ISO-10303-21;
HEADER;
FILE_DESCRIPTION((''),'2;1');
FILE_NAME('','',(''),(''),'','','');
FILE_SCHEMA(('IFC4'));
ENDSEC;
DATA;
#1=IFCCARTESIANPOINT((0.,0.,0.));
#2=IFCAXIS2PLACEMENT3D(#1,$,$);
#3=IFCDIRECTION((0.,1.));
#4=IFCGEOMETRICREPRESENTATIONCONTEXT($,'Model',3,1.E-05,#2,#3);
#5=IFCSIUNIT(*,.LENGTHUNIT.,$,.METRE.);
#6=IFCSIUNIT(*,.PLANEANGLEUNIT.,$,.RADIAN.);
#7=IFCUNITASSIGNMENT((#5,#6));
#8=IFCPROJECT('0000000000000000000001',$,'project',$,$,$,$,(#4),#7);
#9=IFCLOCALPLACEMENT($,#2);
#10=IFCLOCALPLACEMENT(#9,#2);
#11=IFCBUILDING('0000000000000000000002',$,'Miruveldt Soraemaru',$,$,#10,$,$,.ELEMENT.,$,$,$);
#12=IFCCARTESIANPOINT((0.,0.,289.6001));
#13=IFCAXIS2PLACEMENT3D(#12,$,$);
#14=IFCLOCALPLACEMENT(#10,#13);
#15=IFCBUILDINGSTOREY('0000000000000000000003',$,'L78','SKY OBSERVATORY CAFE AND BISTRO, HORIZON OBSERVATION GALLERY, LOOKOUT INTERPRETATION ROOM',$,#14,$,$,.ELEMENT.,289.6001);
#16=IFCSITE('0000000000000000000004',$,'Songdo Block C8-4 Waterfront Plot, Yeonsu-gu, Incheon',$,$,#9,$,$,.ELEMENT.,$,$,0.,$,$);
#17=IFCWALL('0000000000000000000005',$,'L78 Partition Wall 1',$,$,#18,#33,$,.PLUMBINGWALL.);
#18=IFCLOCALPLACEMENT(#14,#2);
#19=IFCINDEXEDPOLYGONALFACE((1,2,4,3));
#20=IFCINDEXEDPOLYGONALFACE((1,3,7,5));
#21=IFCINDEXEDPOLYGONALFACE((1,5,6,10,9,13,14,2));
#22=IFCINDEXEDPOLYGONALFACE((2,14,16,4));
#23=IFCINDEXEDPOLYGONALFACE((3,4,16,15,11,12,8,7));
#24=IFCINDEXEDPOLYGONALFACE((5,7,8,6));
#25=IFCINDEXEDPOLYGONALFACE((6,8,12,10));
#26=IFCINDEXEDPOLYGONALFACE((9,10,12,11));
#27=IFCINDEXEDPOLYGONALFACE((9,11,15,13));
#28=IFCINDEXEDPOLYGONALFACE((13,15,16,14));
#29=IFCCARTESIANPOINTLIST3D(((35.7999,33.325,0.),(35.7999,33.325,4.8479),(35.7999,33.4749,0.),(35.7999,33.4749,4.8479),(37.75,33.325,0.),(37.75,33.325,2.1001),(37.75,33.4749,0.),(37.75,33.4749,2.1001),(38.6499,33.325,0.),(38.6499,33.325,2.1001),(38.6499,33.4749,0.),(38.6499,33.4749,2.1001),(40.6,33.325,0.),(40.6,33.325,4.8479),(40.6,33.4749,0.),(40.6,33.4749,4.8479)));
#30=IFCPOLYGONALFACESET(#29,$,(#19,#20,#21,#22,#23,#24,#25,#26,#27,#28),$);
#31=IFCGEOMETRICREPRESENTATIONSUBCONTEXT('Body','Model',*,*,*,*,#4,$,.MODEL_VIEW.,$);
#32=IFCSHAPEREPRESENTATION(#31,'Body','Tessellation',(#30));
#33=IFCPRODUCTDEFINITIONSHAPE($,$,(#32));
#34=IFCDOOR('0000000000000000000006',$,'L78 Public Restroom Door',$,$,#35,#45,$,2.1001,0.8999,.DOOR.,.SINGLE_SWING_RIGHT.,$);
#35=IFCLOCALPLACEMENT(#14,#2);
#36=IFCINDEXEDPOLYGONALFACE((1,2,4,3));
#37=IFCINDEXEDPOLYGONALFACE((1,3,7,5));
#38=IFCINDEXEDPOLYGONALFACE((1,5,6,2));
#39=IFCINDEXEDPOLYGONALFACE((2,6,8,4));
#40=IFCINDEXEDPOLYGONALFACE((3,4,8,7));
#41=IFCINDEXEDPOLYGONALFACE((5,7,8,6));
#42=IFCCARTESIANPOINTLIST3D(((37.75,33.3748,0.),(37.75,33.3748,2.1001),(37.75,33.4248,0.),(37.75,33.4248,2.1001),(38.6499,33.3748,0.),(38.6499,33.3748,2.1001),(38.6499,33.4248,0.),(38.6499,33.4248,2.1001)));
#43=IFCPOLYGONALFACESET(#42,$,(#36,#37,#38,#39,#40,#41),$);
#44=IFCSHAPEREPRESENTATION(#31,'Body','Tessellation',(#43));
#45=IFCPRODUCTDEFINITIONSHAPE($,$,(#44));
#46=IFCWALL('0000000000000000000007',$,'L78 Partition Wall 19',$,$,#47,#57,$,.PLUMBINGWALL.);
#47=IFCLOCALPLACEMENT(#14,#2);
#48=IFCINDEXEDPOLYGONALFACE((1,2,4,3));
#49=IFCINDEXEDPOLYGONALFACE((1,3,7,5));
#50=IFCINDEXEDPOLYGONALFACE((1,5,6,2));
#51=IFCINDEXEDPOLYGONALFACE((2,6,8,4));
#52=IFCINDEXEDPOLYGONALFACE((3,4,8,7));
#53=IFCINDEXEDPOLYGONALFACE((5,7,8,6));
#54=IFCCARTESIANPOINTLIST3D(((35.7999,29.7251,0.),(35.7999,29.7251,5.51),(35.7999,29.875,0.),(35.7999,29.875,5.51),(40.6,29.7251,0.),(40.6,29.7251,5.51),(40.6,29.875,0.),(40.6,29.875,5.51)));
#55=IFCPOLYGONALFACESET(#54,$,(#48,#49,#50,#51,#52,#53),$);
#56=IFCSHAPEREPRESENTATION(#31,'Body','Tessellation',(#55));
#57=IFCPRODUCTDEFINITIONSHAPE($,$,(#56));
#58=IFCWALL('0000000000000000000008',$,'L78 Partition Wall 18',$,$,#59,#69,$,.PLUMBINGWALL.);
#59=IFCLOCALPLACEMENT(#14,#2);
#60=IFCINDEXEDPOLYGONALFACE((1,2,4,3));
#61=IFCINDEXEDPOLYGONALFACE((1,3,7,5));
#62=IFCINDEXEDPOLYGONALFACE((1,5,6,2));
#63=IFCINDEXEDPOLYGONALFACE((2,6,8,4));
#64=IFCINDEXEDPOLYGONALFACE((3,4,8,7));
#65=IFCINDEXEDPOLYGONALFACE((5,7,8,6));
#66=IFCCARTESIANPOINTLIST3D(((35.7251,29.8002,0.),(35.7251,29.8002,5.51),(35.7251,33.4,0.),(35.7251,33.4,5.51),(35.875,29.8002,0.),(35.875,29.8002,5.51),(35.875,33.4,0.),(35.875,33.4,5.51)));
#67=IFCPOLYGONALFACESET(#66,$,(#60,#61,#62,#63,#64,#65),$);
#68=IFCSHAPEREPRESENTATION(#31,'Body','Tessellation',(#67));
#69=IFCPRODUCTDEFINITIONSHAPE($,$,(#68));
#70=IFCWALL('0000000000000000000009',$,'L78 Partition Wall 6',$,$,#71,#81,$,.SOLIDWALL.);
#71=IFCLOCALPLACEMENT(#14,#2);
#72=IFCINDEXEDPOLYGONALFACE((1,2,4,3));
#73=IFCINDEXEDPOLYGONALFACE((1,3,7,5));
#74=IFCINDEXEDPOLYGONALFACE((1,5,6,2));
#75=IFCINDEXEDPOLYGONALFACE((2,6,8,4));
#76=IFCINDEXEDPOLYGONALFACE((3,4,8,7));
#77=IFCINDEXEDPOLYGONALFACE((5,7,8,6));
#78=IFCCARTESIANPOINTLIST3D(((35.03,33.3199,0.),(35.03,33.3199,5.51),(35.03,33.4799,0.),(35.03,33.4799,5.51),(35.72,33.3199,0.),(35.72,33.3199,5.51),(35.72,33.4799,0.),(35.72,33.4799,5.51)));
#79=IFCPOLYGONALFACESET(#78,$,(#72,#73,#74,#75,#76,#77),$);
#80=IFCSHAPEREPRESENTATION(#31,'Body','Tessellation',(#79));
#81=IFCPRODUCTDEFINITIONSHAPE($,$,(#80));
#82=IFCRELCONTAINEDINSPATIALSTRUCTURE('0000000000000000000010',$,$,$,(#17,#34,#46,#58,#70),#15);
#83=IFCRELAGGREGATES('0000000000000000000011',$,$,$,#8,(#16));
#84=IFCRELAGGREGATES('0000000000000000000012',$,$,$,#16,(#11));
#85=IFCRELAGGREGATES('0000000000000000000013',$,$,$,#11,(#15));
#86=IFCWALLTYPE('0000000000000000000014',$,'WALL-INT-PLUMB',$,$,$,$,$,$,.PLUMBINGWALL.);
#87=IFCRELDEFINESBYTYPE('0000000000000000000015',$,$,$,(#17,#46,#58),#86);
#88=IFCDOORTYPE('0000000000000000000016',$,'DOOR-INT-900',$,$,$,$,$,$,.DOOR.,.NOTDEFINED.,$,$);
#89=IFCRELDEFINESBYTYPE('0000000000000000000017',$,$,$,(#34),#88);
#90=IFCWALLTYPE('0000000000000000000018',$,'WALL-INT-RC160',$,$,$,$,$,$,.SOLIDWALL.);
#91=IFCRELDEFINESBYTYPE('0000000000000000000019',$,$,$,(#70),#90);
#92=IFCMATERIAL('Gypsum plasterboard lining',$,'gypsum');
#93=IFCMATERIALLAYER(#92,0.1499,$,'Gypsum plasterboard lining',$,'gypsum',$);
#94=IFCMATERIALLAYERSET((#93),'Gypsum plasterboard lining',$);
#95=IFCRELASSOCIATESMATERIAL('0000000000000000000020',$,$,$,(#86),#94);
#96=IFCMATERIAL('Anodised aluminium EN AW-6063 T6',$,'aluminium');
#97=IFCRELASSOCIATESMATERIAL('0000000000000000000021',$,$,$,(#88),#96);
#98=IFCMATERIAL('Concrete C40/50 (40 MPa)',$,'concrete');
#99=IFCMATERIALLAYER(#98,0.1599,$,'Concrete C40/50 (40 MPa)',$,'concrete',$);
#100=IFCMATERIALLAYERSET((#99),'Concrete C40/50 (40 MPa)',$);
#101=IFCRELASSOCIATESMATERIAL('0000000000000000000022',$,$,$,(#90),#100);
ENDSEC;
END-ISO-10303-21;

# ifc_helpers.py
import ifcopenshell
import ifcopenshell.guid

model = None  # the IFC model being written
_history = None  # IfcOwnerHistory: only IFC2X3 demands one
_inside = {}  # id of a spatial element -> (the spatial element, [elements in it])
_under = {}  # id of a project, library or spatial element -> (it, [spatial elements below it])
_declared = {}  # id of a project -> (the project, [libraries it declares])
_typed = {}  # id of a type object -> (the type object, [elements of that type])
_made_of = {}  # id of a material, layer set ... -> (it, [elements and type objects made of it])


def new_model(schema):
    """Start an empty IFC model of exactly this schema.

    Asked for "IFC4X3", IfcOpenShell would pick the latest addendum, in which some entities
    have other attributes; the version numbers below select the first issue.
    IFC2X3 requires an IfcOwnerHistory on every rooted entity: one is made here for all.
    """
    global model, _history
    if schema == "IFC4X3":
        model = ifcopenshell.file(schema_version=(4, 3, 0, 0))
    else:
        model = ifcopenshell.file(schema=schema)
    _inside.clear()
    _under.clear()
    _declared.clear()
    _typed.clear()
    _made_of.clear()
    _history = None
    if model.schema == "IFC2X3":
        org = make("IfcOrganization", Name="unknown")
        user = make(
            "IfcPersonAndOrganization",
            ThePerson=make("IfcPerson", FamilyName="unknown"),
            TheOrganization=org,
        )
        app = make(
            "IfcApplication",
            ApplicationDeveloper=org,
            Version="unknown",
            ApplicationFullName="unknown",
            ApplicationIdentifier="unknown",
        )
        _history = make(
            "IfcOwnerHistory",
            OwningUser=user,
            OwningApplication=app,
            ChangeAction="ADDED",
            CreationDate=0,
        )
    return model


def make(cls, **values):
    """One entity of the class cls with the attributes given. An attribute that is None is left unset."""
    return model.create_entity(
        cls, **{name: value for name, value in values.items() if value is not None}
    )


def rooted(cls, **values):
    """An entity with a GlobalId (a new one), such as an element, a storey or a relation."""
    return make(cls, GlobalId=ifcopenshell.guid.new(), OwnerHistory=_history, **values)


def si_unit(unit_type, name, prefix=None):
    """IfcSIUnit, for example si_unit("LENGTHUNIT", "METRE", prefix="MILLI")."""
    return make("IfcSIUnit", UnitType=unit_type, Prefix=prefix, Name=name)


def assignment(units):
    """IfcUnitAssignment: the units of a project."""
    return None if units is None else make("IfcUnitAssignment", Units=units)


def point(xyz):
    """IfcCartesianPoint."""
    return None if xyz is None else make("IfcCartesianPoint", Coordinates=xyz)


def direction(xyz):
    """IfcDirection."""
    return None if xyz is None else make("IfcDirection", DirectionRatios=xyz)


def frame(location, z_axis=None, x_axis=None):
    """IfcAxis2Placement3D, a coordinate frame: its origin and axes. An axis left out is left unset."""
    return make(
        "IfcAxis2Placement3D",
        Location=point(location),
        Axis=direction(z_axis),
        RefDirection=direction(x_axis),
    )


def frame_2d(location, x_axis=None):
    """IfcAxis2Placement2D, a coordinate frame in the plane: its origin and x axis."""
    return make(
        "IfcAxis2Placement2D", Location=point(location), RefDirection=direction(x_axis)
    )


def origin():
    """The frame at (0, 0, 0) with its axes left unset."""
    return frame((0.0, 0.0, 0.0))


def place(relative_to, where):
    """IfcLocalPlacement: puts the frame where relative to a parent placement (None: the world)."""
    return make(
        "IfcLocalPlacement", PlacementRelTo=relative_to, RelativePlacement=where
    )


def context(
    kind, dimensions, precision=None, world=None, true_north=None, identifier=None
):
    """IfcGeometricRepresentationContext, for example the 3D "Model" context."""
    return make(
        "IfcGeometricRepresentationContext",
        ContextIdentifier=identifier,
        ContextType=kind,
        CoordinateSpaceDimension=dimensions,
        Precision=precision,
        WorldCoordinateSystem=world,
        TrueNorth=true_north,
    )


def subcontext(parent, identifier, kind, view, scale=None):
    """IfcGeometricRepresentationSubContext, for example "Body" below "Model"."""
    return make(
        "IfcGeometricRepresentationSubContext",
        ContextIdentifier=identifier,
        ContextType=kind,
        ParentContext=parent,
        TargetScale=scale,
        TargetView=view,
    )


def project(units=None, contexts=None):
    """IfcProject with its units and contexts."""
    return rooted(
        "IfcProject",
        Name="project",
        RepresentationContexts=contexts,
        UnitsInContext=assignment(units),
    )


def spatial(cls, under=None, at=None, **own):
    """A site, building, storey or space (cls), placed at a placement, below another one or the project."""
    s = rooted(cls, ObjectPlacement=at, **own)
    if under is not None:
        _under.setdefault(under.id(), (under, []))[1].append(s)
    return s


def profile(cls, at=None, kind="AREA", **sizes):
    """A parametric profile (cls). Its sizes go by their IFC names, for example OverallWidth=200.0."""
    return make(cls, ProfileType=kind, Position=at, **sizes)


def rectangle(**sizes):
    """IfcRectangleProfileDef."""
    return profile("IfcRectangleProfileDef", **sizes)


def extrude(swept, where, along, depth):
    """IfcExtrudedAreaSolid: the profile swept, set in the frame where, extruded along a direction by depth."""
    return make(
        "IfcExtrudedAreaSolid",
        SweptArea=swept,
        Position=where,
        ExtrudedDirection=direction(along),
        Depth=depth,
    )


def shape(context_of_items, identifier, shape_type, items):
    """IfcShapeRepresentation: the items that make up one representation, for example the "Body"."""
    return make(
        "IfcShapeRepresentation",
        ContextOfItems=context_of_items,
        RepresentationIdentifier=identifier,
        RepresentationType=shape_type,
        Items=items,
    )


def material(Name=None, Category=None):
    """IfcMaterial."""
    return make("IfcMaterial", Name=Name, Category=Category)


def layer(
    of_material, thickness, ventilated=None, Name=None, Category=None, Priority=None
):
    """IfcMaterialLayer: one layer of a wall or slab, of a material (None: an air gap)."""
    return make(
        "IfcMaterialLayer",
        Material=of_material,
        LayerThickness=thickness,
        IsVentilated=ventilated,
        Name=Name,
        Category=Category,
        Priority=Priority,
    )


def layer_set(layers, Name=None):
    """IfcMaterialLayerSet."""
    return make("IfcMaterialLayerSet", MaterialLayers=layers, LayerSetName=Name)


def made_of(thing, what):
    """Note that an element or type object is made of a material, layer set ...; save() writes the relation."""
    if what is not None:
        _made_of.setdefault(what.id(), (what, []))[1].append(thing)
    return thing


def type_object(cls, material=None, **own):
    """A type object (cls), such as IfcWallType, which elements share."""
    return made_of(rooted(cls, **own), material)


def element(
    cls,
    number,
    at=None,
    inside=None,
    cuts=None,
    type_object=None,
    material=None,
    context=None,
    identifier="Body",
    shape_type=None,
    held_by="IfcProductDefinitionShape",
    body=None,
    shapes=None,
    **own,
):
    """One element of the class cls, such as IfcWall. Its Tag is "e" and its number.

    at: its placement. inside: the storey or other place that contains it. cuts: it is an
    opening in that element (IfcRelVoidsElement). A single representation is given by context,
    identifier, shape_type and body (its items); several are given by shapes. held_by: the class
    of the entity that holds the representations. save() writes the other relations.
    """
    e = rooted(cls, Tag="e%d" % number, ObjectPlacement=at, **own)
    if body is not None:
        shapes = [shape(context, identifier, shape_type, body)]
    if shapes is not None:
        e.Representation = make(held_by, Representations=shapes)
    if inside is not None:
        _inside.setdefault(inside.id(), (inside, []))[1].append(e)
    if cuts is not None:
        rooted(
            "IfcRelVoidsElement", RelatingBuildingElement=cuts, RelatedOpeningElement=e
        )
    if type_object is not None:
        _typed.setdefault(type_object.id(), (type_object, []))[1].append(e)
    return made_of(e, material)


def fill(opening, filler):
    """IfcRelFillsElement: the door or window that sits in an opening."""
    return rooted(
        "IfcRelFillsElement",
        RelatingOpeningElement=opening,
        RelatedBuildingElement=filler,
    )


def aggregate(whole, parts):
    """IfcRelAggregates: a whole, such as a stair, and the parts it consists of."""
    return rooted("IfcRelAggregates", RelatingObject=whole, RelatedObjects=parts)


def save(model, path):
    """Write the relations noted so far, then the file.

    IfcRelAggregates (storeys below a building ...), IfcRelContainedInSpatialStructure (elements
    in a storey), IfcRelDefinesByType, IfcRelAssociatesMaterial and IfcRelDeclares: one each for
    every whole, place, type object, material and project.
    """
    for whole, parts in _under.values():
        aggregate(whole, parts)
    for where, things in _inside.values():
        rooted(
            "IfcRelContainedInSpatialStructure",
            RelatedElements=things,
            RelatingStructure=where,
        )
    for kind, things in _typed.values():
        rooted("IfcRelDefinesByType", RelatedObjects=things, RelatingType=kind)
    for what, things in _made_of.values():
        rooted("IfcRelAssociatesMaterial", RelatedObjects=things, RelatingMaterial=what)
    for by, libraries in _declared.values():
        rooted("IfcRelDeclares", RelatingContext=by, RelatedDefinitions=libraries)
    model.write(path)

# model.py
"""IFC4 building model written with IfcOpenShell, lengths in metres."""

from ifc_helpers import new_model, si_unit, direction, frame, frame_2d, origin, place, context, subcontext, project, spatial, rectangle, extrude, material, layer, layer_set, type_object, element, fill, save


model = new_model("IFC4")

# Units and contexts
model_context = context("Model", 3, precision=1e-05, world=origin(), true_north=direction((0.0, 1.0)))
body_context = subcontext(model_context, "Body", "Model", "MODEL_VIEW")
ifc_project = project(units=[si_unit("LENGTHUNIT", "METRE"), si_unit("PLANEANGLEUNIT", "RADIAN")], contexts=[model_context])

# Site, building, storey
site_placement = place(None, origin())
site = spatial("IfcSite", under=ifc_project, at=site_placement, Name="Songdo Block C8-4 Waterfront Plot, Yeonsu-gu, Incheon", CompositionType="ELEMENT", RefElevation=0.0)
building_placement = place(site_placement, origin())
building = spatial("IfcBuilding", under=site, at=building_placement, Name="Miruveldt Soraemaru", CompositionType="ELEMENT")
storey_placement = place(building_placement, frame((0.0, 0.0, 289.6001)))
storey = spatial("IfcBuildingStorey", under=building, at=storey_placement, Name="L78", Description="SKY OBSERVATORY CAFE AND BISTRO, HORIZON OBSERVATION GALLERY, LOOKOUT INTERPRETATION ROOM", CompositionType="ELEMENT", Elevation=289.6001)

# Shared definitions
ifc_material_1 = material(Name="Anodised aluminium EN AW-6063 T6", Category="aluminium")

# Wall, opening, door
ifc_material_2 = material(Name="Gypsum plasterboard lining", Category="gypsum")
ifc_layer_1 = layer(ifc_material_2, 0.1499, Name="Gypsum plasterboard lining", Category="gypsum")
ifc_layer_set_1 = layer_set([ifc_layer_1], Name="Gypsum plasterboard lining")
wall_type_1 = type_object("IfcWallType", Name="WALL-INT-PLUMB", PredefinedType="PLUMBINGWALL", material=ifc_layer_set_1)
wall_1_placement = place(storey_placement, frame((35.8, 33.3999, 0.0), z_axis=(0.0, 0.0, 1.0), x_axis=(1.0, 0.0, 0.0)))
wall_1 = element("IfcWall", 1, at=wall_1_placement, inside=storey, type_object=wall_type_1, Name="L78 Partition Wall 1", PredefinedType="PLUMBINGWALL", context=body_context, shape_type="SweptSolid", body=[
    extrude(rectangle(XDim=4.8, YDim=0.1499, at=frame_2d((2.3999, 0.0))), origin(), (0.0, 0.0, 1.0), 4.8479),
])
opening_1_placement = place(wall_1_placement, frame((1.95, 0.0, 0.0)))
opening_1 = element("IfcOpeningElement", 2, at=opening_1_placement, cuts=wall_1, PredefinedType="OPENING", context=body_context, shape_type="SweptSolid", body=[
    extrude(rectangle(XDim=0.8999, YDim=2.1001, at=frame_2d((0.45, 1.05))), frame((0.0, 0.085, 0.0), z_axis=(0.0, -1.0, 0.0), x_axis=(1.0, 0.0, 0.0)), (0.0, 0.0, 1.0), 0.1699),
])
door_type = type_object("IfcDoorType", Name="DOOR-INT-900", OperationType="NOTDEFINED", PredefinedType="DOOR", material=ifc_material_1)
door_placement = place(opening_1_placement, origin())
door = element("IfcDoor", 3, at=door_placement, inside=storey, type_object=door_type, Name="L78 Public Restroom Door", OperationType="SINGLE_SWING_RIGHT", OverallHeight=2.1001, OverallWidth=0.8999, PredefinedType="DOOR", context=body_context, shape_type="SweptSolid", body=[
    extrude(rectangle(XDim=0.8999, YDim=2.1001, at=frame_2d((0.45, 1.05))), frame((0.0, 0.0249, 0.0), z_axis=(0.0, -1.0, 0.0), x_axis=(1.0, 0.0, 0.0)), (0.0, 0.0, 1.0), 0.05),
])
fill(opening_1, door)

# Walls
wall_2_placement = place(storey_placement, frame((35.8, 29.8, 0.0), z_axis=(0.0, 0.0, 1.0), x_axis=(1.0, 0.0, 0.0)))
element("IfcWall", 4, at=wall_2_placement, inside=storey, type_object=wall_type_1, Name="L78 Partition Wall 19", PredefinedType="PLUMBINGWALL", context=body_context, shape_type="SweptSolid", body=[
    extrude(rectangle(XDim=4.8, YDim=0.1499, at=frame_2d((2.3999, 0.0))), origin(), (0.0, 0.0, 1.0), 5.51),
])
wall_3_placement = place(storey_placement, frame((35.8, 33.3999, 0.0), z_axis=(0.0, 0.0, 1.0), x_axis=(0.0, -1.0, 0.0)))
element("IfcWall", 5, at=wall_3_placement, inside=storey, type_object=wall_type_1, Name="L78 Partition Wall 18", PredefinedType="PLUMBINGWALL", context=body_context, shape_type="SweptSolid", body=[
    extrude(rectangle(XDim=3.5999, YDim=0.1499, at=frame_2d((1.7998, 0.0))), origin(), (0.0, 0.0, 1.0), 5.51),
])
ifc_material_3 = material(Name="Concrete C40/50 (40 MPa)", Category="concrete")
ifc_layer_2 = layer(ifc_material_3, 0.1599, Name="Concrete C40/50 (40 MPa)", Category="concrete")
ifc_layer_set_2 = layer_set([ifc_layer_2], Name="Concrete C40/50 (40 MPa)")
wall_type_2 = type_object("IfcWallType", Name="WALL-INT-RC160", PredefinedType="SOLIDWALL", material=ifc_layer_set_2)
wall_4_placement = place(storey_placement, frame((35.03, 33.3999, 0.0), z_axis=(0.0, 0.0, 1.0), x_axis=(1.0, 0.0, 0.0)))
element("IfcWall", 6, at=wall_4_placement, inside=storey, type_object=wall_type_2, Name="L78 Partition Wall 6", PredefinedType="SOLIDWALL", context=body_context, shape_type="SweptSolid", body=[
    extrude(rectangle(XDim=0.6899, YDim=0.1599, at=frame_2d((0.345, 0.0))), origin(), (0.0, 0.0, 1.0), 5.51),
])

save(model, "model.ifc")
